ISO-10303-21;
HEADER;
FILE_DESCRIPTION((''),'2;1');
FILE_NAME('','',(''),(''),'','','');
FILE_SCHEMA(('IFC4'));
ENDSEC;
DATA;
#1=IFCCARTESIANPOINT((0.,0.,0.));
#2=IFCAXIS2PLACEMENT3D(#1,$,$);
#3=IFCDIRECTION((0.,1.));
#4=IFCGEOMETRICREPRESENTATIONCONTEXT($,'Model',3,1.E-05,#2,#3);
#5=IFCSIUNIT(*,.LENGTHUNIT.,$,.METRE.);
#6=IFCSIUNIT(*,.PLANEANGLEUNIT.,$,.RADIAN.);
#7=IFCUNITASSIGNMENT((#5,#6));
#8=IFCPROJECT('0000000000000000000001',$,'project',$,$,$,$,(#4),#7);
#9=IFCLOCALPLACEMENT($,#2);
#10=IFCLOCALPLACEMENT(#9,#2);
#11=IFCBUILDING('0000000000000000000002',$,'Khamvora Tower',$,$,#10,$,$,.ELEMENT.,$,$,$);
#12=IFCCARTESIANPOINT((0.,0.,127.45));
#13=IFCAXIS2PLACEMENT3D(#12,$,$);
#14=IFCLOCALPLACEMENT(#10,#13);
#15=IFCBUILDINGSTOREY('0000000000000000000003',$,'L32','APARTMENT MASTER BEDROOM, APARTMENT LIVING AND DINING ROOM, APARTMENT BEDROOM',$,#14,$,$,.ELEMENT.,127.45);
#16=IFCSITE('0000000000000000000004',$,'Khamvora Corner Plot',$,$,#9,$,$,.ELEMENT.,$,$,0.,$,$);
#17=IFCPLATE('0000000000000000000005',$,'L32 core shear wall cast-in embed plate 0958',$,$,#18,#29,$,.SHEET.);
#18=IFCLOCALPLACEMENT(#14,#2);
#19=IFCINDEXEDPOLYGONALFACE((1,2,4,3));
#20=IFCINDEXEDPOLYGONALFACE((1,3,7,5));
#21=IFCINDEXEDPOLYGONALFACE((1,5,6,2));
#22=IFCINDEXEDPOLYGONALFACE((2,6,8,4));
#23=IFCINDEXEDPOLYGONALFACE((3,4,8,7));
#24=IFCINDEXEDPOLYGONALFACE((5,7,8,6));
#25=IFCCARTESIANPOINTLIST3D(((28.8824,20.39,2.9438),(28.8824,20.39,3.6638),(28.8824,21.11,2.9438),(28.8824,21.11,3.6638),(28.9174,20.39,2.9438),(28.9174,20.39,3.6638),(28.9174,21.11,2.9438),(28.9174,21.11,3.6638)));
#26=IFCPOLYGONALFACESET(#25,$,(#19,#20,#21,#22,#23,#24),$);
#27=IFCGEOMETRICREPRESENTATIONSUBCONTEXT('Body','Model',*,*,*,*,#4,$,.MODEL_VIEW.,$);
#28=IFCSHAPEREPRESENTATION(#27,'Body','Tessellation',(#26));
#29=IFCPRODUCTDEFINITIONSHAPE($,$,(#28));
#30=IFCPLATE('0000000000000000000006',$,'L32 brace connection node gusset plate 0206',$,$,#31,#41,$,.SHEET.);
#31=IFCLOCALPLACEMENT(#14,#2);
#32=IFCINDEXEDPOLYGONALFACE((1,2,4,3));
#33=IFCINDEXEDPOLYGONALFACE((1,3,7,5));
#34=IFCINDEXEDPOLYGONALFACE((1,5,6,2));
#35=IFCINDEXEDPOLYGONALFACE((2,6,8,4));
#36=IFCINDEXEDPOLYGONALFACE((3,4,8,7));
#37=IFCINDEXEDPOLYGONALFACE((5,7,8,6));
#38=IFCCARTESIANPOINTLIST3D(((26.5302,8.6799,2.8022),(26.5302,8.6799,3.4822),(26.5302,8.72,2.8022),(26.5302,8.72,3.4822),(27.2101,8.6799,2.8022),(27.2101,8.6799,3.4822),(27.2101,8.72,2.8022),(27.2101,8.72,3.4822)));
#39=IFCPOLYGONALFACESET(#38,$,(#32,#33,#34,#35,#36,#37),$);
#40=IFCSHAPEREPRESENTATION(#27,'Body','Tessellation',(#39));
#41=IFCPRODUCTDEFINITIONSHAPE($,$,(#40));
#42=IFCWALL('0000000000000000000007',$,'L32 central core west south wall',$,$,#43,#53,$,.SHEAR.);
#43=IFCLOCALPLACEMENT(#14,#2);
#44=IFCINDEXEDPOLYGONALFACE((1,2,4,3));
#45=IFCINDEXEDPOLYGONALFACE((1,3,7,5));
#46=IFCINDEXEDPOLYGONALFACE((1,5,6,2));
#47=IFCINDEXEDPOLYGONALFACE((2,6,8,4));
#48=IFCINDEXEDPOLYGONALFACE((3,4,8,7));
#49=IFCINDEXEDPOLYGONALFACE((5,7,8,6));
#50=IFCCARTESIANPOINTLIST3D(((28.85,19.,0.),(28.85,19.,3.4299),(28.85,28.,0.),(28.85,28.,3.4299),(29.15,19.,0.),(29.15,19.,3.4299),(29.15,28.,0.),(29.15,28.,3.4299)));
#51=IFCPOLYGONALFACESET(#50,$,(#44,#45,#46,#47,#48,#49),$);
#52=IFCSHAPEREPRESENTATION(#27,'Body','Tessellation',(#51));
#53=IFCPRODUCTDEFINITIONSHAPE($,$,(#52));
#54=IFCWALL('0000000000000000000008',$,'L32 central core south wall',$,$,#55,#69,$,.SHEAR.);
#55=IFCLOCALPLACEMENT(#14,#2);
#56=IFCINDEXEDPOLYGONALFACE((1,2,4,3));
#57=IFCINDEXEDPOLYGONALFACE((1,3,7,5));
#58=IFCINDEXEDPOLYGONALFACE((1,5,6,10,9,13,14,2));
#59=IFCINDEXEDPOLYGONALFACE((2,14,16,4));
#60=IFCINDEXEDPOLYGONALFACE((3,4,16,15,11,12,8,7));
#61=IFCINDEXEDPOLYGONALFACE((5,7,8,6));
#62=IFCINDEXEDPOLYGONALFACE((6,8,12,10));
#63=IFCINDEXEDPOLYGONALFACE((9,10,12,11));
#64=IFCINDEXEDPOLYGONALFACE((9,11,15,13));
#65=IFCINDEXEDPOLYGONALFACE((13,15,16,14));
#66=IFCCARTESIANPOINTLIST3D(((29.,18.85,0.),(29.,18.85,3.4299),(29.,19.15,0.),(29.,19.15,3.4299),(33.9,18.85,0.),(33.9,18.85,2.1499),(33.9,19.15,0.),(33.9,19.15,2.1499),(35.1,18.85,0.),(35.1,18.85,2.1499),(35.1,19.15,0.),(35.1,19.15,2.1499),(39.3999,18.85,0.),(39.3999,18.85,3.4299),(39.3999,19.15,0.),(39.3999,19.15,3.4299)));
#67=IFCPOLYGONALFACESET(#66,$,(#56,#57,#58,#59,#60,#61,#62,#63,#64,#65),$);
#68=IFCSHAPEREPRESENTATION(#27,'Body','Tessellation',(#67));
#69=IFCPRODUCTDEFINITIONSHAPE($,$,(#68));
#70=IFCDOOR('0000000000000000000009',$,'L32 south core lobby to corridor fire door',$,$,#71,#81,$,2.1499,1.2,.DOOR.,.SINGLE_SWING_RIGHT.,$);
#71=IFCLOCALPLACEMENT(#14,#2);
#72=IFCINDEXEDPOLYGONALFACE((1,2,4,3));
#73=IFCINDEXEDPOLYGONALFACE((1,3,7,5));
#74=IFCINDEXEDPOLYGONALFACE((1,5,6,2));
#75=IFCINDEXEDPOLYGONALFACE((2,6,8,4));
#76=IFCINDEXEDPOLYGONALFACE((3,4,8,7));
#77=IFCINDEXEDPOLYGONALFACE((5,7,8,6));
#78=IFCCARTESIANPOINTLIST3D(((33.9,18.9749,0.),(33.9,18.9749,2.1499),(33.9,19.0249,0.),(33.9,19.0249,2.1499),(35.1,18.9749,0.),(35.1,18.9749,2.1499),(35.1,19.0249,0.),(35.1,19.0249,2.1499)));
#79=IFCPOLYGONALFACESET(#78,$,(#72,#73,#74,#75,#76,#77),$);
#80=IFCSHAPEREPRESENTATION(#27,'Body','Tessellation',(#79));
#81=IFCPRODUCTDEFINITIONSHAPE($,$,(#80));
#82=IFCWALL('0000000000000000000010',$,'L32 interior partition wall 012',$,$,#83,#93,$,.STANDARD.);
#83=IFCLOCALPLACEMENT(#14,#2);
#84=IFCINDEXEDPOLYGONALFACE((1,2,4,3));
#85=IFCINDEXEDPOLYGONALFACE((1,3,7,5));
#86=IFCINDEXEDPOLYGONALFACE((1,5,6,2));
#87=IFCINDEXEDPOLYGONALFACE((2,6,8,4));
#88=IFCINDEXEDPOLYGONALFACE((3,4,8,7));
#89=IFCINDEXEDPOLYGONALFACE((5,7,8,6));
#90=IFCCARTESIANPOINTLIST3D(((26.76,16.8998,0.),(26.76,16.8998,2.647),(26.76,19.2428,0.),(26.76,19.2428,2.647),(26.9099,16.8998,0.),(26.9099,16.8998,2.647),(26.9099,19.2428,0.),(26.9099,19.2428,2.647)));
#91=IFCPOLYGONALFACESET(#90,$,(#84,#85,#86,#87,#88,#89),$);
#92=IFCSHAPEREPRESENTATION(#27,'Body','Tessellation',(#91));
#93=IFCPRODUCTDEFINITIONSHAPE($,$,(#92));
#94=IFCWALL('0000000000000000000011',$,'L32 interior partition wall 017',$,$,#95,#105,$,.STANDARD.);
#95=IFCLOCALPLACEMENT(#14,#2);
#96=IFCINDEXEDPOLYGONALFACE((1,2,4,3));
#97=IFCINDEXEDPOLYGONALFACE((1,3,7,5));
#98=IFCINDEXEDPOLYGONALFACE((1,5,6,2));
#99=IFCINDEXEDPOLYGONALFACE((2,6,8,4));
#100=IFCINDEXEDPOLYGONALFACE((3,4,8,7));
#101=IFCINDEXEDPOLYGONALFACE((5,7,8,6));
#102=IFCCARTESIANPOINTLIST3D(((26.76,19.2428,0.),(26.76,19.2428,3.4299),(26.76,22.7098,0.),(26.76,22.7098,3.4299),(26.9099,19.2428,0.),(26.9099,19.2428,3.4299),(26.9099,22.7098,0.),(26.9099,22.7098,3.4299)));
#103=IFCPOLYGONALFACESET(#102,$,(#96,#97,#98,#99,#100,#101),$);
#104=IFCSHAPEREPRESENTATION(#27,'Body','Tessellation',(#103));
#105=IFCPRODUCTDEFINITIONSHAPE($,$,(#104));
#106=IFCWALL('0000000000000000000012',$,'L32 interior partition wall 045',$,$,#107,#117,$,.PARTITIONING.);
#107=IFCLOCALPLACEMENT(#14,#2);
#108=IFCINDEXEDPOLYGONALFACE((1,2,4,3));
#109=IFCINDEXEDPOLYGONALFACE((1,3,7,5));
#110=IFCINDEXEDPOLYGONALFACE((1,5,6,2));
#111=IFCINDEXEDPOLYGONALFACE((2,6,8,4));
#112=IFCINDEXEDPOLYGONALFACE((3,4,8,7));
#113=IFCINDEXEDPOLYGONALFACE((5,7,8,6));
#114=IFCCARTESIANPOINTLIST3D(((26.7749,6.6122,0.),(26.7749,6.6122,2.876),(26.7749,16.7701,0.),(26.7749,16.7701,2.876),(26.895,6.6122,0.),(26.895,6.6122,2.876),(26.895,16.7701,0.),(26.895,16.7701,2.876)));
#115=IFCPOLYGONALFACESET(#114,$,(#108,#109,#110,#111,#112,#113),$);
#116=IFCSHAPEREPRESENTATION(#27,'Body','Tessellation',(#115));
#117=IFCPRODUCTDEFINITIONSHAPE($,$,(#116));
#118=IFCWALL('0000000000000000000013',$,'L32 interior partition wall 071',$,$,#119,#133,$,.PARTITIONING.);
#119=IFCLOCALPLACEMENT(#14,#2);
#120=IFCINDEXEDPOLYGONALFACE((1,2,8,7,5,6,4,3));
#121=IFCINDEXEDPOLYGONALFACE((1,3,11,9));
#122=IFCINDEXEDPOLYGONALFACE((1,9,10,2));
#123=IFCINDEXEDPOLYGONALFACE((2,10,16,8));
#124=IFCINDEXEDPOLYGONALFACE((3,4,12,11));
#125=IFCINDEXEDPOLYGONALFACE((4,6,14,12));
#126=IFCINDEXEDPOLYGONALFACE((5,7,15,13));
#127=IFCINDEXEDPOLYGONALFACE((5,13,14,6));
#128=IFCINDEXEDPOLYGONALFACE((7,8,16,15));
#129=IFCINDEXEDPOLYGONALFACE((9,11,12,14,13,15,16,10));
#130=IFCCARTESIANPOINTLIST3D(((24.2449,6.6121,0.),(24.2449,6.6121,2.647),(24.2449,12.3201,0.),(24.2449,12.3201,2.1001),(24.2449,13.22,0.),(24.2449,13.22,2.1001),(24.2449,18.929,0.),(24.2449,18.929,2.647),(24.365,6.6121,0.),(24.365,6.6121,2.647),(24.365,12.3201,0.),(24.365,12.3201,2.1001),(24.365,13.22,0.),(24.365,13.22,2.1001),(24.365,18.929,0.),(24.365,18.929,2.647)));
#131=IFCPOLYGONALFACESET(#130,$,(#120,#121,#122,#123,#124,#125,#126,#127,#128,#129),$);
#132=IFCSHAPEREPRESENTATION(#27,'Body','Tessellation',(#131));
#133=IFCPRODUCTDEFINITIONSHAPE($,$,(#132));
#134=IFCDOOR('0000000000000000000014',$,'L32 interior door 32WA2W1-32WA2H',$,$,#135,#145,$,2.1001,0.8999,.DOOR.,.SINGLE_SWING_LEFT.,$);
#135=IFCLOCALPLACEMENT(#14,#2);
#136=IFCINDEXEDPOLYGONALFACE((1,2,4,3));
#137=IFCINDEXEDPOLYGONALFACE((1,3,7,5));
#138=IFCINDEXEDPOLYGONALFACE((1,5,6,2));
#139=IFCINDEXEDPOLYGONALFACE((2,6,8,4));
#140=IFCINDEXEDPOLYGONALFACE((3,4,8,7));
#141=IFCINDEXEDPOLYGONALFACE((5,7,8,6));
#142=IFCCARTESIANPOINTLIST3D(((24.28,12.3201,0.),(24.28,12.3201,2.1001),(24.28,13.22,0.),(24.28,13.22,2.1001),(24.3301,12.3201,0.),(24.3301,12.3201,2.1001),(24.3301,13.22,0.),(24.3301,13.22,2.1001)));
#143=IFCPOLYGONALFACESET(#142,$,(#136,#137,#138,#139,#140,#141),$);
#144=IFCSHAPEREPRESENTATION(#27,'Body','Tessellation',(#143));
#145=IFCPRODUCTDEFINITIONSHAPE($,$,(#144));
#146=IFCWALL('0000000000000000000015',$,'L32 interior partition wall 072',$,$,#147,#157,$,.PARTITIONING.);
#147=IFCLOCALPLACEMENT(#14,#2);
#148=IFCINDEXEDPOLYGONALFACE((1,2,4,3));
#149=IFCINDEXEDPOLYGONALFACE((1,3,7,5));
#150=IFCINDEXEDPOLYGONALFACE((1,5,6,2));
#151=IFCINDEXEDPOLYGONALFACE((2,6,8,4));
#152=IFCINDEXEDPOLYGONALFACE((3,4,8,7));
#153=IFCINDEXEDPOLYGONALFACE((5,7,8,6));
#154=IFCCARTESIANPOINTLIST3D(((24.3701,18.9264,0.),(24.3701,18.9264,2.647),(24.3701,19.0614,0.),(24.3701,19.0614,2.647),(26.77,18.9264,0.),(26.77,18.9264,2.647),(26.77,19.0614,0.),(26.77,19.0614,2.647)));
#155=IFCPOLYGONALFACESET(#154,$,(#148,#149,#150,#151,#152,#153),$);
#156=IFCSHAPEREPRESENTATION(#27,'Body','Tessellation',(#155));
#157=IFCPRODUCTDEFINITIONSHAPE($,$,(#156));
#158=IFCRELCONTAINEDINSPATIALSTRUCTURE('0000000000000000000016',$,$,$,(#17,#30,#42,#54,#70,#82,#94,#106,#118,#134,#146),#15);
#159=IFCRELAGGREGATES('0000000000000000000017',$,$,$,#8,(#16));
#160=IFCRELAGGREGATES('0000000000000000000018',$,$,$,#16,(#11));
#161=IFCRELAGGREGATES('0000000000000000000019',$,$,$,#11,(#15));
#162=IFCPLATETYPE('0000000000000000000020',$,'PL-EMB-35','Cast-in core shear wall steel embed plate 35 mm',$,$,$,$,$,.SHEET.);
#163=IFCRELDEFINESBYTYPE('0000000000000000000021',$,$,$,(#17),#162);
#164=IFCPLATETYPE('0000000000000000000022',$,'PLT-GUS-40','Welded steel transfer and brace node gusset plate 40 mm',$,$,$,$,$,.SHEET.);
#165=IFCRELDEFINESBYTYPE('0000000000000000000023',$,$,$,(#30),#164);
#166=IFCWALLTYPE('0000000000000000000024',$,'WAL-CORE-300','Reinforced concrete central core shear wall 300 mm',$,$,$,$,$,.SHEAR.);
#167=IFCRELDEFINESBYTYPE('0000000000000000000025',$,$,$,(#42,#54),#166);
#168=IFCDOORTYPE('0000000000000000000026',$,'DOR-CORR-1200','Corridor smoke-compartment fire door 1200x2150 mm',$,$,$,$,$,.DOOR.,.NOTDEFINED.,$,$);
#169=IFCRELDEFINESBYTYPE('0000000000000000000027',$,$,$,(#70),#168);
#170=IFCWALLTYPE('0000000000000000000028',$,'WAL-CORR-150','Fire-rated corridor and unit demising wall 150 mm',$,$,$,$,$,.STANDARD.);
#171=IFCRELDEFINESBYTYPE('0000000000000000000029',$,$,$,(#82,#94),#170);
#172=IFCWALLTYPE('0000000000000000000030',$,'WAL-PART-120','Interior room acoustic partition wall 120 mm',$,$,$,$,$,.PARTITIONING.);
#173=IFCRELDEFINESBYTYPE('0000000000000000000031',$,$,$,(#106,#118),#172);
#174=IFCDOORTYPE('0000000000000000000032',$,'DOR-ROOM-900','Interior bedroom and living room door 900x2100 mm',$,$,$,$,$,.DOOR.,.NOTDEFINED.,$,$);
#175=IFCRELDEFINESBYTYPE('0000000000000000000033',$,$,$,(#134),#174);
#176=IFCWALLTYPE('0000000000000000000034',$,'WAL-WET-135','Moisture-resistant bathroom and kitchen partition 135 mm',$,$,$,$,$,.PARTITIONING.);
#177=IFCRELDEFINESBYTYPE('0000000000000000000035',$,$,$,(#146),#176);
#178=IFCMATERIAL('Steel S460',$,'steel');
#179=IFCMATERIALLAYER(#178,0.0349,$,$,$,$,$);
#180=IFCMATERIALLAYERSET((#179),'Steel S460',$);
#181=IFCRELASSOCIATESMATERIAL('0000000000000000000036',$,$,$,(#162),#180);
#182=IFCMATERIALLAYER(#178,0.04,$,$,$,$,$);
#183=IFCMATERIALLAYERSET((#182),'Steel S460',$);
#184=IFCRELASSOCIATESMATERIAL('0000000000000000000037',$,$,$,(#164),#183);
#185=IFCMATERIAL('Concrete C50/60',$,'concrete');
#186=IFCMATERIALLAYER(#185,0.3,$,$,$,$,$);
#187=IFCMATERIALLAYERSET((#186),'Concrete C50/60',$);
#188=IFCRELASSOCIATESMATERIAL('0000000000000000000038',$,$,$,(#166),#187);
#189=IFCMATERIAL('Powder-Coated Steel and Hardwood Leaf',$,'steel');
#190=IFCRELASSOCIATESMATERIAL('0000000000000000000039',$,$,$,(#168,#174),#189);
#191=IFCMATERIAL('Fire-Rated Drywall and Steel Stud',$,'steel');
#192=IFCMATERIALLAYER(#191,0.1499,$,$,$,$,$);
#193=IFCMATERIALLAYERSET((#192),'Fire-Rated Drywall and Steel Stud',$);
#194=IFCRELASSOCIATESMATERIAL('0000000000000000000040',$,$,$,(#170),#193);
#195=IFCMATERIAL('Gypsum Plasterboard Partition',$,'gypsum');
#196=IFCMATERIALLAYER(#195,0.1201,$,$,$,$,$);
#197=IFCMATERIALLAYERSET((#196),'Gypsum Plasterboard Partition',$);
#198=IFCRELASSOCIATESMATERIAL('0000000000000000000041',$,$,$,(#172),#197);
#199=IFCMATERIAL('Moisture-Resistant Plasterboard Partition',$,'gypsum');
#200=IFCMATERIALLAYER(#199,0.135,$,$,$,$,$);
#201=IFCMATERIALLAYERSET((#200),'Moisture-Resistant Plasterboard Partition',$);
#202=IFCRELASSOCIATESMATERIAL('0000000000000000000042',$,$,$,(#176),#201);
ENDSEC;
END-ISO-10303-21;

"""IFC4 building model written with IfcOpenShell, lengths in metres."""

from ifc_helpers import new_model, si_unit, direction, frame, frame_2d, origin, origin_2d, place, context, subcontext, project, spatial, rectangle, extrude, material, layer, layer_set, type_object, element, fill, save


model = new_model("IFC4")

# Units and contexts
model_context = context("Model", 3, precision=1e-05, world=origin(), true_north=direction((0.0, 1.0)))
body_context = subcontext(model_context, "Body", "Model", "MODEL_VIEW")
ifc_project = project(units=[si_unit("LENGTHUNIT", "METRE"), si_unit("PLANEANGLEUNIT", "RADIAN")], contexts=[model_context])

# Site, building, storey
site_placement = place(None, origin())
site = spatial("IfcSite", under=ifc_project, at=site_placement, Name="Khamvora Corner Plot", CompositionType="ELEMENT", RefElevation=0.0)
building_placement = place(site_placement, origin())
building = spatial("IfcBuilding", under=site, at=building_placement, Name="Khamvora Tower", CompositionType="ELEMENT")
storey_placement = place(building_placement, frame((0.0, 0.0, 127.45)))
storey = spatial("IfcBuildingStorey", under=building, at=storey_placement, Name="L32", Description="APARTMENT MASTER BEDROOM, APARTMENT LIVING AND DINING ROOM, APARTMENT BEDROOM", CompositionType="ELEMENT", Elevation=127.45)

# Shared definitions
ifc_material_1 = material(Name="Steel S460", Category="steel")

# Plates
ifc_layer_1 = layer(ifc_material_1, 0.0349)
ifc_layer_set_1 = layer_set([ifc_layer_1], Name="Steel S460")
plate_type_1 = type_object("IfcPlateType", Name="PL-EMB-35", Description="Cast-in core shear wall steel embed plate 35 mm", PredefinedType="SHEET", material=ifc_layer_set_1)
for number, where, z_axis, x_axis, name in (
    (1, (28.8999, 20.75, 2.9438), (0.0, 0.0, 1.0), (1.0, 0.0, 0.0), "L32 core shear wall cast-in embed plate 0958"),
):
    element("IfcPlate", number, at=place(storey_placement, frame(where, z_axis=z_axis, x_axis=x_axis)), inside=storey, type_object=plate_type_1, Name=name, PredefinedType="SHEET", context=body_context, shape_type="SweptSolid", body=[
        extrude(rectangle(XDim=0.0349, YDim=0.72, at=origin_2d()), origin(), (0.0, 0.0, 1.0), 0.72),
    ])
ifc_layer_2 = layer(ifc_material_1, 0.04)
ifc_layer_set_2 = layer_set([ifc_layer_2], Name="Steel S460")
plate_type_2 = type_object("IfcPlateType", Name="PLT-GUS-40", Description="Welded steel transfer and brace node gusset plate 40 mm", PredefinedType="SHEET", material=ifc_layer_set_2)
plate_1_placement = place(storey_placement, frame((26.8701, 8.7, 2.8022), z_axis=(0.0, 0.0, 1.0), x_axis=(1.0, 0.0, 0.0)))
element("IfcPlate", 2, at=plate_1_placement, inside=storey, type_object=plate_type_2, Name="L32 brace connection node gusset plate 0206", PredefinedType="SHEET", context=body_context, shape_type="SweptSolid", body=[
    extrude(rectangle(XDim=0.6799, YDim=0.04, at=origin_2d()), origin(), (0.0, 0.0, 1.0), 0.6799),
])

# Wall
ifc_material_2 = material(Name="Concrete C50/60", Category="concrete")
ifc_layer_3 = layer(ifc_material_2, 0.3)
ifc_layer_set_3 = layer_set([ifc_layer_3], Name="Concrete C50/60")
wall_type_1 = type_object("IfcWallType", Name="WAL-CORE-300", Description="Reinforced concrete central core shear wall 300 mm", PredefinedType="SHEAR", material=ifc_layer_set_3)
wall_1_placement = place(storey_placement, frame((29.0, 19.0, 0.0), z_axis=(0.0, 0.0, 1.0), x_axis=(0.0, 1.0, 0.0)))
element("IfcWall", 3, at=wall_1_placement, inside=storey, type_object=wall_type_1, Name="L32 central core west south wall", PredefinedType="SHEAR", context=body_context, shape_type="SweptSolid", body=[
    extrude(rectangle(XDim=9.0, YDim=0.3, at=frame_2d((4.5, 0.0))), origin(), (0.0, 0.0, 1.0), 3.4299),
])

# Wall, opening, door
wall_2_placement = place(storey_placement, frame((29.0, 19.0, 0.0), z_axis=(0.0, 0.0, 1.0), x_axis=(1.0, 0.0, 0.0)))
wall_2 = element("IfcWall", 4, at=wall_2_placement, inside=storey, type_object=wall_type_1, Name="L32 central core south wall", PredefinedType="SHEAR", context=body_context, shape_type="SweptSolid", body=[
    extrude(rectangle(XDim=10.3999, YDim=0.3, at=frame_2d((5.2, 0.0))), origin(), (0.0, 0.0, 1.0), 3.4299),
])
opening_1_placement = place(wall_2_placement, frame((4.8999, 0.0, 0.0)))
opening_1 = element("IfcOpeningElement", 5, at=opening_1_placement, cuts=wall_2, PredefinedType="OPENING", context=body_context, shape_type="SweptSolid", body=[
    extrude(rectangle(XDim=1.2, YDim=2.1499, at=frame_2d((0.6001, 1.075))), frame((0.0, 0.1599, 0.0), z_axis=(0.0, -1.0, 0.0), x_axis=(1.0, 0.0, 0.0)), (0.0, 0.0, 1.0), 0.3201),
])
ifc_material_3 = material(Name="Powder-Coated Steel and Hardwood Leaf", Category="steel")
door_type_1 = type_object("IfcDoorType", Name="DOR-CORR-1200", Description="Corridor smoke-compartment fire door 1200x2150 mm", OperationType="NOTDEFINED", PredefinedType="DOOR", material=ifc_material_3)
door_1_placement = place(opening_1_placement, origin())
door_1 = element("IfcDoor", 6, at=door_1_placement, inside=storey, type_object=door_type_1, Name="L32 south core lobby to corridor fire door", OperationType="SINGLE_SWING_RIGHT", OverallHeight=2.1499, OverallWidth=1.2, PredefinedType="DOOR", context=body_context, shape_type="SweptSolid", body=[
    extrude(rectangle(XDim=1.2, YDim=2.1499, at=frame_2d((0.6001, 1.075))), frame((0.0, 0.0249, 0.0), z_axis=(0.0, -1.0, 0.0), x_axis=(1.0, 0.0, 0.0)), (0.0, 0.0, 1.0), 0.05),
])
fill(opening_1, door_1)

# Walls
ifc_material_4 = material(Name="Fire-Rated Drywall and Steel Stud", Category="steel")
ifc_layer_4 = layer(ifc_material_4, 0.1499)
ifc_layer_set_4 = layer_set([ifc_layer_4], Name="Fire-Rated Drywall and Steel Stud")
wall_type_2 = type_object("IfcWallType", Name="WAL-CORR-150", Description="Fire-rated corridor and unit demising wall 150 mm", PredefinedType="STANDARD", material=ifc_layer_set_4)
wall_3_placement = place(storey_placement, frame((26.835, 16.8999, 0.0), z_axis=(0.0, 0.0, 1.0), x_axis=(0.0, 1.0, 0.0)))
element("IfcWall", 7, at=wall_3_placement, inside=storey, type_object=wall_type_2, Name="L32 interior partition wall 012", PredefinedType="STANDARD", context=body_context, shape_type="SweptSolid", body=[
    extrude(rectangle(XDim=2.343, YDim=0.1499, at=frame_2d((1.1714, 0.0))), origin(), (0.0, 0.0, 1.0), 2.647),
])
wall_4_placement = place(storey_placement, frame((26.835, 19.2429, 0.0), z_axis=(0.0, 0.0, 1.0), x_axis=(0.0, 1.0, 0.0)))
element("IfcWall", 8, at=wall_4_placement, inside=storey, type_object=wall_type_2, Name="L32 interior partition wall 017", PredefinedType="STANDARD", context=body_context, shape_type="SweptSolid", body=[
    extrude(rectangle(XDim=3.467, YDim=0.1499, at=frame_2d((1.7334, 0.0))), origin(), (0.0, 0.0, 1.0), 3.4299),
])
ifc_material_5 = material(Name="Gypsum Plasterboard Partition", Category="gypsum")
ifc_layer_5 = layer(ifc_material_5, 0.1201)
ifc_layer_set_5 = layer_set([ifc_layer_5], Name="Gypsum Plasterboard Partition")
wall_type_3 = type_object("IfcWallType", Name="WAL-PART-120", Description="Interior room acoustic partition wall 120 mm", PredefinedType="PARTITIONING", material=ifc_layer_set_5)
wall_5_placement = place(storey_placement, frame((26.835, 6.6121, 0.0), z_axis=(0.0, 0.0, 1.0), x_axis=(0.0, 1.0, 0.0)))
element("IfcWall", 9, at=wall_5_placement, inside=storey, type_object=wall_type_3, Name="L32 interior partition wall 045", PredefinedType="PARTITIONING", context=body_context, shape_type="SweptSolid", body=[
    extrude(rectangle(XDim=10.158, YDim=0.1201, at=frame_2d((5.0791, 0.0))), origin(), (0.0, 0.0, 1.0), 2.876),
])

# Wall, opening, door
wall_6_placement = place(storey_placement, frame((24.3049, 6.6121, 0.0), z_axis=(0.0, 0.0, 1.0), x_axis=(0.0, 1.0, 0.0)))
wall_6 = element("IfcWall", 10, at=wall_6_placement, inside=storey, type_object=wall_type_3, Name="L32 interior partition wall 071", PredefinedType="PARTITIONING", context=body_context, shape_type="SweptSolid", body=[
    extrude(rectangle(XDim=12.3169, YDim=0.1201, at=frame_2d((6.1584, 0.0))), origin(), (0.0, 0.0, 1.0), 2.647),
])
opening_2_placement = place(wall_6_placement, frame((5.708, 0.0, 0.0)))
opening_2 = element("IfcOpeningElement", 11, at=opening_2_placement, cuts=wall_6, PredefinedType="OPENING", context=body_context, shape_type="SweptSolid", body=[
    extrude(rectangle(XDim=0.8999, YDim=2.1001, at=frame_2d((0.45, 1.05))), frame((0.0, 0.0701, 0.0), z_axis=(0.0, -1.0, 0.0), x_axis=(1.0, 0.0, 0.0)), (0.0, 0.0, 1.0), 0.1401),
])
door_type_2 = type_object("IfcDoorType", Name="DOR-ROOM-900", Description="Interior bedroom and living room door 900x2100 mm", OperationType="NOTDEFINED", PredefinedType="DOOR", material=ifc_material_3)
door_2_placement = place(opening_2_placement, origin())
door_2 = element("IfcDoor", 12, at=door_2_placement, inside=storey, type_object=door_type_2, Name="L32 interior door 32WA2W1-32WA2H", OperationType="SINGLE_SWING_LEFT", OverallHeight=2.1001, OverallWidth=0.8999, PredefinedType="DOOR", context=body_context, shape_type="SweptSolid", body=[
    extrude(rectangle(XDim=0.8999, YDim=2.1001, at=frame_2d((0.45, 1.05))), frame((0.0, 0.0249, 0.0), z_axis=(0.0, -1.0, 0.0), x_axis=(1.0, 0.0, 0.0)), (0.0, 0.0, 1.0), 0.05),
])
fill(opening_2, door_2)

# Wall
ifc_material_6 = material(Name="Moisture-Resistant Plasterboard Partition", Category="gypsum")
ifc_layer_6 = layer(ifc_material_6, 0.135)
ifc_layer_set_6 = layer_set([ifc_layer_6], Name="Moisture-Resistant Plasterboard Partition")
wall_type_4 = type_object("IfcWallType", Name="WAL-WET-135", Description="Moisture-resistant bathroom and kitchen partition 135 mm", PredefinedType="PARTITIONING", material=ifc_layer_set_6)
wall_7_placement = place(storey_placement, frame((24.3701, 18.9939, 0.0), z_axis=(0.0, 0.0, 1.0), x_axis=(1.0, 0.0, 0.0)))
element("IfcWall", 13, at=wall_7_placement, inside=storey, type_object=wall_type_4, Name="L32 interior partition wall 072", PredefinedType="PARTITIONING", context=body_context, shape_type="SweptSolid", body=[
    extrude(rectangle(XDim=2.3999, YDim=0.135, at=frame_2d((1.2, 0.0))), origin(), (0.0, 0.0, 1.0), 2.647),
])

save(model, "model.ifc")
